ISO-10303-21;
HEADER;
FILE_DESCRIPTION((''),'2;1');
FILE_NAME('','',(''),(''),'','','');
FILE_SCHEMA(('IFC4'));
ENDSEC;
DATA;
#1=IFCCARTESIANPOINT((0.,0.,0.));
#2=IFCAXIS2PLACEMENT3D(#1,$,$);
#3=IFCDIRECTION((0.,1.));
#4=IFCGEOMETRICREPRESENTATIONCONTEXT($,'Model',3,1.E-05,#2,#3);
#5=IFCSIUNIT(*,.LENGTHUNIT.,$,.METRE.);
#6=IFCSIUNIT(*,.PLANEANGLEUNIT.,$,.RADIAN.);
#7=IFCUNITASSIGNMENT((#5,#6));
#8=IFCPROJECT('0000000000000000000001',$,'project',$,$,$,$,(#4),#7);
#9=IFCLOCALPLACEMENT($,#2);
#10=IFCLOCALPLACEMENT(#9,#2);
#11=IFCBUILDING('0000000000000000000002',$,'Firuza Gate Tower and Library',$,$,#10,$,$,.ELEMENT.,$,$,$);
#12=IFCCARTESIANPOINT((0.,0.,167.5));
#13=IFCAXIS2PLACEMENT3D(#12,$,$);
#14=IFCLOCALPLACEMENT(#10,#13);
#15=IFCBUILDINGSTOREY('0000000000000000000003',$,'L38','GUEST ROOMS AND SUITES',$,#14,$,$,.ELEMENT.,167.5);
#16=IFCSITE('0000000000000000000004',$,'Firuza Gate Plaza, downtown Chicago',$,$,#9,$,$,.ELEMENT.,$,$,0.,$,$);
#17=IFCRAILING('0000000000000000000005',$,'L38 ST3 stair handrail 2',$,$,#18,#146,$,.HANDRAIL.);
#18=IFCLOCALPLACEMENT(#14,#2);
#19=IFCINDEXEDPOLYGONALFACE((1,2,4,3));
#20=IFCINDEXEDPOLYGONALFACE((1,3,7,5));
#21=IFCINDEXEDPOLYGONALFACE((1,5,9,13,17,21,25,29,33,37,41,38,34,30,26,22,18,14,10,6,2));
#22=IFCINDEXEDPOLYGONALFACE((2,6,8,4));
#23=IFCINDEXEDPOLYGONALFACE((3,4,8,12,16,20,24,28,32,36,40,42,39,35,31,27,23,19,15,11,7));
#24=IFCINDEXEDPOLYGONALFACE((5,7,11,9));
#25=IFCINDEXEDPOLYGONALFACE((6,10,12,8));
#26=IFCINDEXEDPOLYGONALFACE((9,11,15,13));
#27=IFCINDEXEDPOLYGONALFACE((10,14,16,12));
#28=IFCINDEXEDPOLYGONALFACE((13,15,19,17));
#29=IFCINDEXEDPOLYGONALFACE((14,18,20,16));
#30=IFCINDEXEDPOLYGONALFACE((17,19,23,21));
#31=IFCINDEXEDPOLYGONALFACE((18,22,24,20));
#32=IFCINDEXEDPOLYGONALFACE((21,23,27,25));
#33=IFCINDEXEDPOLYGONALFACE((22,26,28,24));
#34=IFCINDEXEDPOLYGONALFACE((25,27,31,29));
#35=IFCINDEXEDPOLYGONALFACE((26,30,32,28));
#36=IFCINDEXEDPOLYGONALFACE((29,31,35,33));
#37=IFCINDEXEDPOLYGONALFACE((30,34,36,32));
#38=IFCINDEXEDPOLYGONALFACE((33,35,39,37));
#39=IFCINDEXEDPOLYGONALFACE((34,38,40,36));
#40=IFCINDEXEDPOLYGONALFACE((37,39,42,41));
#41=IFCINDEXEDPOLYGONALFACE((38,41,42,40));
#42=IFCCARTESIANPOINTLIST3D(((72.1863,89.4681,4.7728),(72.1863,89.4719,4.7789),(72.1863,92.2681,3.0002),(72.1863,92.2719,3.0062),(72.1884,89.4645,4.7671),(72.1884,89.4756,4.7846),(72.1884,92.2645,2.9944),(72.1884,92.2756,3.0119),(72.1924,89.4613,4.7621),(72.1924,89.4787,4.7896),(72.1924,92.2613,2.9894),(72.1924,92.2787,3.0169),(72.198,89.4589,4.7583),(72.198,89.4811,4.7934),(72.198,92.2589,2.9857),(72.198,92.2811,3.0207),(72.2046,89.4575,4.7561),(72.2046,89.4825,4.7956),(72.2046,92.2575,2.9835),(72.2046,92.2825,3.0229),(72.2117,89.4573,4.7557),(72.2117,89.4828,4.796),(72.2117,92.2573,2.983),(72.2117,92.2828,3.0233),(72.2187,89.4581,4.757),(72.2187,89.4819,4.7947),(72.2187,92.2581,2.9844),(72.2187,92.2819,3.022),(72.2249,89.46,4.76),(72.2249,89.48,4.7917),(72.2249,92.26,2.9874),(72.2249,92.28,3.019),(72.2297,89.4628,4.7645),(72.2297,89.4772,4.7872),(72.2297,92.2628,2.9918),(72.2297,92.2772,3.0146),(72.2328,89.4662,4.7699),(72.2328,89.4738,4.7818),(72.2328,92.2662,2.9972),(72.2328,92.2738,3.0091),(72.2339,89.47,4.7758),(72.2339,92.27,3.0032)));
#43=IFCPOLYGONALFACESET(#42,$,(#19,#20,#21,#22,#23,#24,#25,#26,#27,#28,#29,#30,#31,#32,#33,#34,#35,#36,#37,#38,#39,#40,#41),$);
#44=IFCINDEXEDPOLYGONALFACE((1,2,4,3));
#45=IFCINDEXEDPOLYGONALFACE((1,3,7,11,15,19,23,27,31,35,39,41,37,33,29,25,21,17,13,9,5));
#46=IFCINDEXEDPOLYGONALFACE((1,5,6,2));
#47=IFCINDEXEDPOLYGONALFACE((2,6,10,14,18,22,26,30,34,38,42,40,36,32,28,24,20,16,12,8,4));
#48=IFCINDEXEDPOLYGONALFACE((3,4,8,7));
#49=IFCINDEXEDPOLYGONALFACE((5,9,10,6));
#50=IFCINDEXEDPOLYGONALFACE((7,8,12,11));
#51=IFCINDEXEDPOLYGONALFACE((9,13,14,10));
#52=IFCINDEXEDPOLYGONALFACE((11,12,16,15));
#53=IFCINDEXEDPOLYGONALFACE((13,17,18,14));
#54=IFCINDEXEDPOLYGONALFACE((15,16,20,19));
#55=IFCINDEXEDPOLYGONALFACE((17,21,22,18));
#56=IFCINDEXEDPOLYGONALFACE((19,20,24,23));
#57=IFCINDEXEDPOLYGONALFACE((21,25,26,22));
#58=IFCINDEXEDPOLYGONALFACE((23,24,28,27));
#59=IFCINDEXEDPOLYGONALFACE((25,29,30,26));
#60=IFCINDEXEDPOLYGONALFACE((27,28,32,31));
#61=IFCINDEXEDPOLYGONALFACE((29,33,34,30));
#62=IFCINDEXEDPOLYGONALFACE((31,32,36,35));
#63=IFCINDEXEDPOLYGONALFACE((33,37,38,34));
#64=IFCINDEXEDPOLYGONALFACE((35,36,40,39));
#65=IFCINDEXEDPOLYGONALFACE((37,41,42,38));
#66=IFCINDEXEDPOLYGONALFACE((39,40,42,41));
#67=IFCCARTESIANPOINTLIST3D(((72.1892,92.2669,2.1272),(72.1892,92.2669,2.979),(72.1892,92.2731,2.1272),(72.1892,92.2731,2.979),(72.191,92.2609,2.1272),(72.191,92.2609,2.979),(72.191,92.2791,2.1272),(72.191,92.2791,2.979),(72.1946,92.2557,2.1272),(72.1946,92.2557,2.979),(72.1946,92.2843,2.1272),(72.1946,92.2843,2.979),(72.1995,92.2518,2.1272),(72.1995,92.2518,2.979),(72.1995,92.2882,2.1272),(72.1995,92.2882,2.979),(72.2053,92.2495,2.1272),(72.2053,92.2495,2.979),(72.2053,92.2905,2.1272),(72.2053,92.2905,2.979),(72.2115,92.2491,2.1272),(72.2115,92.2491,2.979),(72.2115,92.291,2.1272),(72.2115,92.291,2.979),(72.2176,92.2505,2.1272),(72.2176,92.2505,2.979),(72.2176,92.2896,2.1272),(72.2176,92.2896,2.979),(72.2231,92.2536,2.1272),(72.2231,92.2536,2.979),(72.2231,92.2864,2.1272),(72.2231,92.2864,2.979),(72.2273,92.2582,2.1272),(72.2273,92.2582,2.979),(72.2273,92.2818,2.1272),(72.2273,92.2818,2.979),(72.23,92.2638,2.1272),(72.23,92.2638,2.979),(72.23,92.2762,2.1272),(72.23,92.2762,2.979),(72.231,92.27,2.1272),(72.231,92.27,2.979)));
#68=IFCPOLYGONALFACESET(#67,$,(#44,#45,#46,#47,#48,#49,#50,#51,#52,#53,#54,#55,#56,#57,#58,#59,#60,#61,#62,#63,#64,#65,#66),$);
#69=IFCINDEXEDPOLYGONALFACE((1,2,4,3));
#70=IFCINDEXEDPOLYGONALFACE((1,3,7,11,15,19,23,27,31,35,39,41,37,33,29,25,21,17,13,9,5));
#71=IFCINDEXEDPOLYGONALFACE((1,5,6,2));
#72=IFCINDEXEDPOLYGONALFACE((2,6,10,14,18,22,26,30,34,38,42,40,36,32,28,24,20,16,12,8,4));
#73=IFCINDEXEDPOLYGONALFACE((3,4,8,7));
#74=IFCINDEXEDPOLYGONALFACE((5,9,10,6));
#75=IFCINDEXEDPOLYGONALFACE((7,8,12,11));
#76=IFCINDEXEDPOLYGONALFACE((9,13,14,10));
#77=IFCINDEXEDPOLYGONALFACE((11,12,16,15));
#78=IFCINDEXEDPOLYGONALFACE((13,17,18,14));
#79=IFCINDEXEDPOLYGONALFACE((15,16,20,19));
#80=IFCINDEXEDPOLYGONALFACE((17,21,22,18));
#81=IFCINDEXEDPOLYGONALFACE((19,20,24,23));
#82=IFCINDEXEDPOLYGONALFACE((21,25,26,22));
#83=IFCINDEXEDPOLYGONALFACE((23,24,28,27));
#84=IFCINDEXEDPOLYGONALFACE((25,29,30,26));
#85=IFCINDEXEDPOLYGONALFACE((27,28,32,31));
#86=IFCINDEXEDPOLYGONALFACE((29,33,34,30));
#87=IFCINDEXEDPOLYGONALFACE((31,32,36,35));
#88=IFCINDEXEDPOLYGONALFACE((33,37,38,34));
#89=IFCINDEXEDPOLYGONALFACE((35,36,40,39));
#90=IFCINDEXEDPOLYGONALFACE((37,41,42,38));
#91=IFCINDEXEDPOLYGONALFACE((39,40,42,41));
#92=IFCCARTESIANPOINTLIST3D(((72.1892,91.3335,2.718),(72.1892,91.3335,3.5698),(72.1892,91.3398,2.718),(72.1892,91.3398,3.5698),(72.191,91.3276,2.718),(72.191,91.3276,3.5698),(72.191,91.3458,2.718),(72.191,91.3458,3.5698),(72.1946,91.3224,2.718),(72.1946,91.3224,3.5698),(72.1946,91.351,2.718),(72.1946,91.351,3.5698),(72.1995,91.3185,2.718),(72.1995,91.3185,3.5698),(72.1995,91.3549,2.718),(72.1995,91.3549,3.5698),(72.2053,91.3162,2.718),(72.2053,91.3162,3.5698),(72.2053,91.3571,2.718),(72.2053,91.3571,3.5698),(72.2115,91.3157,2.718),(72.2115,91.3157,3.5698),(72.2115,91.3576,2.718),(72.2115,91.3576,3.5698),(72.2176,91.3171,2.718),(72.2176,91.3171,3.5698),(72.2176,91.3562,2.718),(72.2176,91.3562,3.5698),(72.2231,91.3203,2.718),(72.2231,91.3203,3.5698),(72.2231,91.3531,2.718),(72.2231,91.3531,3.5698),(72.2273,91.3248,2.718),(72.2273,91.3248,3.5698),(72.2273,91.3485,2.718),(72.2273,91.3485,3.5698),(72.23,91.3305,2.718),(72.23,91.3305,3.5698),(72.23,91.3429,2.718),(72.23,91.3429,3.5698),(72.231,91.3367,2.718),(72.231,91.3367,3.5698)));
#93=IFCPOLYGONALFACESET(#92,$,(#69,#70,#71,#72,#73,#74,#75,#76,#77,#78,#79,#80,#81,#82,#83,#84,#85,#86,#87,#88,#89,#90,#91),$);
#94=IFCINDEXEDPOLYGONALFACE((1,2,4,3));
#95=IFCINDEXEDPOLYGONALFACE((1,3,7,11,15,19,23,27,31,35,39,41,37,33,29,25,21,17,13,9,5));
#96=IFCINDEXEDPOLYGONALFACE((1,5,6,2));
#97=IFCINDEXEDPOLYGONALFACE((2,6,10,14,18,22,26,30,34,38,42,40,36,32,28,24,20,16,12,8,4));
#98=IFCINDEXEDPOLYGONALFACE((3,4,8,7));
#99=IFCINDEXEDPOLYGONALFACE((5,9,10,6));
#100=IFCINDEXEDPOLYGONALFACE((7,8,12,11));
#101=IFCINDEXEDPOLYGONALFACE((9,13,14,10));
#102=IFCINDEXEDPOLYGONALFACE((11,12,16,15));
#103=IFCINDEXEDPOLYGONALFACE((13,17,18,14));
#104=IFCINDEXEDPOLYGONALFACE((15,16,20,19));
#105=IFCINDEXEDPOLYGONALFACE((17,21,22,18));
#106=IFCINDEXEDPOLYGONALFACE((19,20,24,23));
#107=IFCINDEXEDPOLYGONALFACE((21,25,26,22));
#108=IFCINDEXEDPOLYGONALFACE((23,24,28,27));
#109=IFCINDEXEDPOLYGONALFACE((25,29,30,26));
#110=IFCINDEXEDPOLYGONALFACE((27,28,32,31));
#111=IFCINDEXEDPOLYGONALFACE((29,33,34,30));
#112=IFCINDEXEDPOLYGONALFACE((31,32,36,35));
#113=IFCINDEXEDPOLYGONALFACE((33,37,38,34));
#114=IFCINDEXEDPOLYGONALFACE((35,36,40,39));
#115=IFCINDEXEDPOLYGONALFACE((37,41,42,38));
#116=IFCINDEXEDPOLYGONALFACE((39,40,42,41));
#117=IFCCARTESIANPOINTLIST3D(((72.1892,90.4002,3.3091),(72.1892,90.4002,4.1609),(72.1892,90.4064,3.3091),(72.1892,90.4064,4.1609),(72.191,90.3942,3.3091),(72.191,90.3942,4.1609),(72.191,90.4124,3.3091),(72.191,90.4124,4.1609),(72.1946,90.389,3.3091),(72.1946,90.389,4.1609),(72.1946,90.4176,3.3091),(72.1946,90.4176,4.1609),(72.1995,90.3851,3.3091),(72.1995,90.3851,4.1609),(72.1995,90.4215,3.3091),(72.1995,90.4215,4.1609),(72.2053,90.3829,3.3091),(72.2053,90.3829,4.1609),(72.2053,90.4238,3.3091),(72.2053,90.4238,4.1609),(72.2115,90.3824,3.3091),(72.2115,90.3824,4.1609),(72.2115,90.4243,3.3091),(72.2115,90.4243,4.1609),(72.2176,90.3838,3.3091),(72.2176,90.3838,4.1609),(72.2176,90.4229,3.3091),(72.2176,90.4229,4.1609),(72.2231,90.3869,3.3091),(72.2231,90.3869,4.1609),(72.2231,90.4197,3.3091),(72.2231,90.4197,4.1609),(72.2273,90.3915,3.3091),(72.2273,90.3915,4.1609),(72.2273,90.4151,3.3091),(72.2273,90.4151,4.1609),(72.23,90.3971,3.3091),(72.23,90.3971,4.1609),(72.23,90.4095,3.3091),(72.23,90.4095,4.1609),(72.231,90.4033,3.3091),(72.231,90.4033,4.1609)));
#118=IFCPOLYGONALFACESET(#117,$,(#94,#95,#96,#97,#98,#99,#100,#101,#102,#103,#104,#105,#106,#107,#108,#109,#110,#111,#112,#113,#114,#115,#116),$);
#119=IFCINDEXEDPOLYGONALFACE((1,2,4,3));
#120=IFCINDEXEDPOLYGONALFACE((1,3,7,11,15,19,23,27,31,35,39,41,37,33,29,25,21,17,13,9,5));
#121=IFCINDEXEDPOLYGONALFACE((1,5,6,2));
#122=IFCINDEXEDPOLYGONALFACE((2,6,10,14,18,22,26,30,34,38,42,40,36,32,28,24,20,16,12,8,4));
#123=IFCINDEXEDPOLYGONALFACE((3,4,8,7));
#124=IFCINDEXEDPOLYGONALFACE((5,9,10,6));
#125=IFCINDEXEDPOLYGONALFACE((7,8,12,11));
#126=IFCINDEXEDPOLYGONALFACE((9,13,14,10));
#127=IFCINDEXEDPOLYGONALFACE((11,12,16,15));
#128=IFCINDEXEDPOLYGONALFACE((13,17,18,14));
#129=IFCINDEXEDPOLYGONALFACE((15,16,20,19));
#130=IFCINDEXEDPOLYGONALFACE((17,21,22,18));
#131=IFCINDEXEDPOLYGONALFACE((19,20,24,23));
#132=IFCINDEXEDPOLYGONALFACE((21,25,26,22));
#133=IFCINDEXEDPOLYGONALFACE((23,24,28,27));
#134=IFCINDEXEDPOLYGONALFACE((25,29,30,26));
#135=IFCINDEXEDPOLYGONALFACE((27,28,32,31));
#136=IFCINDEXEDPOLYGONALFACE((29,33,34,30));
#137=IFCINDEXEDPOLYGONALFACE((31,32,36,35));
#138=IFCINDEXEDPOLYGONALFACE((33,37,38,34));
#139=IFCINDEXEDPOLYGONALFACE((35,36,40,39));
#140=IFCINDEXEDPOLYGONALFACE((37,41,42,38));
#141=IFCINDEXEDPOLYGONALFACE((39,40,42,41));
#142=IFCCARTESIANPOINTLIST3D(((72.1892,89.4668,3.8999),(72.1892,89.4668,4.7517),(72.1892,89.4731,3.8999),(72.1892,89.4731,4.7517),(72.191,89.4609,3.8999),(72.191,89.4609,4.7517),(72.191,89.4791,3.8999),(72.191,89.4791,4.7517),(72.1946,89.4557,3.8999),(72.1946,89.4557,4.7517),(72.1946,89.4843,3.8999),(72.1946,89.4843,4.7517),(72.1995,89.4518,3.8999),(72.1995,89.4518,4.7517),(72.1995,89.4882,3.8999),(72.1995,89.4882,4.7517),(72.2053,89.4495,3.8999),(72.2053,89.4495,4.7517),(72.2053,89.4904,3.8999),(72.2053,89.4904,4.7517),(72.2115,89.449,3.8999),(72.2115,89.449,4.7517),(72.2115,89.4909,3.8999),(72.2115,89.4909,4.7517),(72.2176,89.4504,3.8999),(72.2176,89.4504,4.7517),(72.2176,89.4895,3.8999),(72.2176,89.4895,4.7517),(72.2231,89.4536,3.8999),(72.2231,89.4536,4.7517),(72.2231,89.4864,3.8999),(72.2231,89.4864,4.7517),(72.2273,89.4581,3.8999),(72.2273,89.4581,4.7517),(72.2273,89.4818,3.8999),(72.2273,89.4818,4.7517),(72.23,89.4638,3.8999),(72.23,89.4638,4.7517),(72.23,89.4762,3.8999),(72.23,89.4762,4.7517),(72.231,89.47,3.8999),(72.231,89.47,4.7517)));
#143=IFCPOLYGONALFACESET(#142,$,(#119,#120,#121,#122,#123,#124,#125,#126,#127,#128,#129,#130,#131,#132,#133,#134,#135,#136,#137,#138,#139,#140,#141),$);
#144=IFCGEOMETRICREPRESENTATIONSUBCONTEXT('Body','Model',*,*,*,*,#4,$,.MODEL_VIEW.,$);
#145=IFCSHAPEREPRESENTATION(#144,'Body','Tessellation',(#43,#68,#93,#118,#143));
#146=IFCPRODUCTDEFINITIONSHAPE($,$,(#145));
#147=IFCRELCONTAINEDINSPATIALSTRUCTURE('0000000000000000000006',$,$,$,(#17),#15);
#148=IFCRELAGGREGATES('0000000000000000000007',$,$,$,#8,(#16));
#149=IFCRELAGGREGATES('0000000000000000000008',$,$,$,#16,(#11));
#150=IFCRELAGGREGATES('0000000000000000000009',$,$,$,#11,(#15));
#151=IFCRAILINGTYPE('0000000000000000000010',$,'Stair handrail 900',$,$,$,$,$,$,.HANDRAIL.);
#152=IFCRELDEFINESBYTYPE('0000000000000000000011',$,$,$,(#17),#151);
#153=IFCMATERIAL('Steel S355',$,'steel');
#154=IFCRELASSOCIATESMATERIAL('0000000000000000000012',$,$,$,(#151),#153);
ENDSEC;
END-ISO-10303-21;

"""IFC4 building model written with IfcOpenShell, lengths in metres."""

from ifc_helpers import new_model, si_unit, direction, frame, origin, origin_2d, place, context, subcontext, project, spatial, circle, extrude, material, type_object, element, save


model = new_model("IFC4")

# Units and contexts
model_context = context("Model", 3, precision=1e-05, world=origin(), true_north=direction((0.0, 1.0)))
body_context = subcontext(model_context, "Body", "Model", "MODEL_VIEW")
ifc_project = project(units=[si_unit("LENGTHUNIT", "METRE"), si_unit("PLANEANGLEUNIT", "RADIAN")], contexts=[model_context])

# Site, building, storey
site_placement = place(None, origin())
site = spatial("IfcSite", under=ifc_project, at=site_placement, Name="Firuza Gate Plaza, downtown Chicago", CompositionType="ELEMENT", RefElevation=0.0)
building_placement = place(site_placement, origin())
building = spatial("IfcBuilding", under=site, at=building_placement, Name="Firuza Gate Tower and Library", CompositionType="ELEMENT")
storey_placement = place(building_placement, frame((0.0, 0.0, 167.5)))
storey = spatial("IfcBuildingStorey", under=building, at=storey_placement, Name="L38", Description="GUEST ROOMS AND SUITES", CompositionType="ELEMENT", Elevation=167.5)

# Railing
ifc_material_1 = material(Name="Steel S355", Category="steel")
railing_type_1 = type_object("IfcRailingType", Name="Stair handrail 900", PredefinedType="HANDRAIL", material=ifc_material_1)
railing_1_placement = place(storey_placement, frame((72.21, 92.27, 2.1272)))
element("IfcRailing", 1, at=railing_1_placement, inside=storey, type_object=railing_type_1, Name="L38 ST3 stair handrail 2", PredefinedType="HANDRAIL", context=body_context, shape_type="SweptSolid", body=[
    extrude(circle(Radius=0.0239, at=origin_2d()), frame((0.0, 0.0, 0.876), z_axis=(0.0, -0.844909, 0.53491), x_axis=(1.0, 0.0, 0.0)), (0.0, 0.0, 1.0), 3.314),
    extrude(circle(Radius=0.021, at=origin_2d()), origin(), (0.0, 0.0, 1.0), 0.8518),
    extrude(circle(Radius=0.021, at=origin_2d()), frame((0.0, -0.9333, 0.5908)), (0.0, 0.0, 1.0), 0.8518),
    extrude(circle(Radius=0.021, at=origin_2d()), frame((0.0, -1.8667, 1.1819)), (0.0, 0.0, 1.0), 0.8518),
    extrude(circle(Radius=0.021, at=origin_2d()), frame((0.0, -2.8, 1.7727)), (0.0, 0.0, 1.0), 0.8518),
])

save(model, "model.ifc")
